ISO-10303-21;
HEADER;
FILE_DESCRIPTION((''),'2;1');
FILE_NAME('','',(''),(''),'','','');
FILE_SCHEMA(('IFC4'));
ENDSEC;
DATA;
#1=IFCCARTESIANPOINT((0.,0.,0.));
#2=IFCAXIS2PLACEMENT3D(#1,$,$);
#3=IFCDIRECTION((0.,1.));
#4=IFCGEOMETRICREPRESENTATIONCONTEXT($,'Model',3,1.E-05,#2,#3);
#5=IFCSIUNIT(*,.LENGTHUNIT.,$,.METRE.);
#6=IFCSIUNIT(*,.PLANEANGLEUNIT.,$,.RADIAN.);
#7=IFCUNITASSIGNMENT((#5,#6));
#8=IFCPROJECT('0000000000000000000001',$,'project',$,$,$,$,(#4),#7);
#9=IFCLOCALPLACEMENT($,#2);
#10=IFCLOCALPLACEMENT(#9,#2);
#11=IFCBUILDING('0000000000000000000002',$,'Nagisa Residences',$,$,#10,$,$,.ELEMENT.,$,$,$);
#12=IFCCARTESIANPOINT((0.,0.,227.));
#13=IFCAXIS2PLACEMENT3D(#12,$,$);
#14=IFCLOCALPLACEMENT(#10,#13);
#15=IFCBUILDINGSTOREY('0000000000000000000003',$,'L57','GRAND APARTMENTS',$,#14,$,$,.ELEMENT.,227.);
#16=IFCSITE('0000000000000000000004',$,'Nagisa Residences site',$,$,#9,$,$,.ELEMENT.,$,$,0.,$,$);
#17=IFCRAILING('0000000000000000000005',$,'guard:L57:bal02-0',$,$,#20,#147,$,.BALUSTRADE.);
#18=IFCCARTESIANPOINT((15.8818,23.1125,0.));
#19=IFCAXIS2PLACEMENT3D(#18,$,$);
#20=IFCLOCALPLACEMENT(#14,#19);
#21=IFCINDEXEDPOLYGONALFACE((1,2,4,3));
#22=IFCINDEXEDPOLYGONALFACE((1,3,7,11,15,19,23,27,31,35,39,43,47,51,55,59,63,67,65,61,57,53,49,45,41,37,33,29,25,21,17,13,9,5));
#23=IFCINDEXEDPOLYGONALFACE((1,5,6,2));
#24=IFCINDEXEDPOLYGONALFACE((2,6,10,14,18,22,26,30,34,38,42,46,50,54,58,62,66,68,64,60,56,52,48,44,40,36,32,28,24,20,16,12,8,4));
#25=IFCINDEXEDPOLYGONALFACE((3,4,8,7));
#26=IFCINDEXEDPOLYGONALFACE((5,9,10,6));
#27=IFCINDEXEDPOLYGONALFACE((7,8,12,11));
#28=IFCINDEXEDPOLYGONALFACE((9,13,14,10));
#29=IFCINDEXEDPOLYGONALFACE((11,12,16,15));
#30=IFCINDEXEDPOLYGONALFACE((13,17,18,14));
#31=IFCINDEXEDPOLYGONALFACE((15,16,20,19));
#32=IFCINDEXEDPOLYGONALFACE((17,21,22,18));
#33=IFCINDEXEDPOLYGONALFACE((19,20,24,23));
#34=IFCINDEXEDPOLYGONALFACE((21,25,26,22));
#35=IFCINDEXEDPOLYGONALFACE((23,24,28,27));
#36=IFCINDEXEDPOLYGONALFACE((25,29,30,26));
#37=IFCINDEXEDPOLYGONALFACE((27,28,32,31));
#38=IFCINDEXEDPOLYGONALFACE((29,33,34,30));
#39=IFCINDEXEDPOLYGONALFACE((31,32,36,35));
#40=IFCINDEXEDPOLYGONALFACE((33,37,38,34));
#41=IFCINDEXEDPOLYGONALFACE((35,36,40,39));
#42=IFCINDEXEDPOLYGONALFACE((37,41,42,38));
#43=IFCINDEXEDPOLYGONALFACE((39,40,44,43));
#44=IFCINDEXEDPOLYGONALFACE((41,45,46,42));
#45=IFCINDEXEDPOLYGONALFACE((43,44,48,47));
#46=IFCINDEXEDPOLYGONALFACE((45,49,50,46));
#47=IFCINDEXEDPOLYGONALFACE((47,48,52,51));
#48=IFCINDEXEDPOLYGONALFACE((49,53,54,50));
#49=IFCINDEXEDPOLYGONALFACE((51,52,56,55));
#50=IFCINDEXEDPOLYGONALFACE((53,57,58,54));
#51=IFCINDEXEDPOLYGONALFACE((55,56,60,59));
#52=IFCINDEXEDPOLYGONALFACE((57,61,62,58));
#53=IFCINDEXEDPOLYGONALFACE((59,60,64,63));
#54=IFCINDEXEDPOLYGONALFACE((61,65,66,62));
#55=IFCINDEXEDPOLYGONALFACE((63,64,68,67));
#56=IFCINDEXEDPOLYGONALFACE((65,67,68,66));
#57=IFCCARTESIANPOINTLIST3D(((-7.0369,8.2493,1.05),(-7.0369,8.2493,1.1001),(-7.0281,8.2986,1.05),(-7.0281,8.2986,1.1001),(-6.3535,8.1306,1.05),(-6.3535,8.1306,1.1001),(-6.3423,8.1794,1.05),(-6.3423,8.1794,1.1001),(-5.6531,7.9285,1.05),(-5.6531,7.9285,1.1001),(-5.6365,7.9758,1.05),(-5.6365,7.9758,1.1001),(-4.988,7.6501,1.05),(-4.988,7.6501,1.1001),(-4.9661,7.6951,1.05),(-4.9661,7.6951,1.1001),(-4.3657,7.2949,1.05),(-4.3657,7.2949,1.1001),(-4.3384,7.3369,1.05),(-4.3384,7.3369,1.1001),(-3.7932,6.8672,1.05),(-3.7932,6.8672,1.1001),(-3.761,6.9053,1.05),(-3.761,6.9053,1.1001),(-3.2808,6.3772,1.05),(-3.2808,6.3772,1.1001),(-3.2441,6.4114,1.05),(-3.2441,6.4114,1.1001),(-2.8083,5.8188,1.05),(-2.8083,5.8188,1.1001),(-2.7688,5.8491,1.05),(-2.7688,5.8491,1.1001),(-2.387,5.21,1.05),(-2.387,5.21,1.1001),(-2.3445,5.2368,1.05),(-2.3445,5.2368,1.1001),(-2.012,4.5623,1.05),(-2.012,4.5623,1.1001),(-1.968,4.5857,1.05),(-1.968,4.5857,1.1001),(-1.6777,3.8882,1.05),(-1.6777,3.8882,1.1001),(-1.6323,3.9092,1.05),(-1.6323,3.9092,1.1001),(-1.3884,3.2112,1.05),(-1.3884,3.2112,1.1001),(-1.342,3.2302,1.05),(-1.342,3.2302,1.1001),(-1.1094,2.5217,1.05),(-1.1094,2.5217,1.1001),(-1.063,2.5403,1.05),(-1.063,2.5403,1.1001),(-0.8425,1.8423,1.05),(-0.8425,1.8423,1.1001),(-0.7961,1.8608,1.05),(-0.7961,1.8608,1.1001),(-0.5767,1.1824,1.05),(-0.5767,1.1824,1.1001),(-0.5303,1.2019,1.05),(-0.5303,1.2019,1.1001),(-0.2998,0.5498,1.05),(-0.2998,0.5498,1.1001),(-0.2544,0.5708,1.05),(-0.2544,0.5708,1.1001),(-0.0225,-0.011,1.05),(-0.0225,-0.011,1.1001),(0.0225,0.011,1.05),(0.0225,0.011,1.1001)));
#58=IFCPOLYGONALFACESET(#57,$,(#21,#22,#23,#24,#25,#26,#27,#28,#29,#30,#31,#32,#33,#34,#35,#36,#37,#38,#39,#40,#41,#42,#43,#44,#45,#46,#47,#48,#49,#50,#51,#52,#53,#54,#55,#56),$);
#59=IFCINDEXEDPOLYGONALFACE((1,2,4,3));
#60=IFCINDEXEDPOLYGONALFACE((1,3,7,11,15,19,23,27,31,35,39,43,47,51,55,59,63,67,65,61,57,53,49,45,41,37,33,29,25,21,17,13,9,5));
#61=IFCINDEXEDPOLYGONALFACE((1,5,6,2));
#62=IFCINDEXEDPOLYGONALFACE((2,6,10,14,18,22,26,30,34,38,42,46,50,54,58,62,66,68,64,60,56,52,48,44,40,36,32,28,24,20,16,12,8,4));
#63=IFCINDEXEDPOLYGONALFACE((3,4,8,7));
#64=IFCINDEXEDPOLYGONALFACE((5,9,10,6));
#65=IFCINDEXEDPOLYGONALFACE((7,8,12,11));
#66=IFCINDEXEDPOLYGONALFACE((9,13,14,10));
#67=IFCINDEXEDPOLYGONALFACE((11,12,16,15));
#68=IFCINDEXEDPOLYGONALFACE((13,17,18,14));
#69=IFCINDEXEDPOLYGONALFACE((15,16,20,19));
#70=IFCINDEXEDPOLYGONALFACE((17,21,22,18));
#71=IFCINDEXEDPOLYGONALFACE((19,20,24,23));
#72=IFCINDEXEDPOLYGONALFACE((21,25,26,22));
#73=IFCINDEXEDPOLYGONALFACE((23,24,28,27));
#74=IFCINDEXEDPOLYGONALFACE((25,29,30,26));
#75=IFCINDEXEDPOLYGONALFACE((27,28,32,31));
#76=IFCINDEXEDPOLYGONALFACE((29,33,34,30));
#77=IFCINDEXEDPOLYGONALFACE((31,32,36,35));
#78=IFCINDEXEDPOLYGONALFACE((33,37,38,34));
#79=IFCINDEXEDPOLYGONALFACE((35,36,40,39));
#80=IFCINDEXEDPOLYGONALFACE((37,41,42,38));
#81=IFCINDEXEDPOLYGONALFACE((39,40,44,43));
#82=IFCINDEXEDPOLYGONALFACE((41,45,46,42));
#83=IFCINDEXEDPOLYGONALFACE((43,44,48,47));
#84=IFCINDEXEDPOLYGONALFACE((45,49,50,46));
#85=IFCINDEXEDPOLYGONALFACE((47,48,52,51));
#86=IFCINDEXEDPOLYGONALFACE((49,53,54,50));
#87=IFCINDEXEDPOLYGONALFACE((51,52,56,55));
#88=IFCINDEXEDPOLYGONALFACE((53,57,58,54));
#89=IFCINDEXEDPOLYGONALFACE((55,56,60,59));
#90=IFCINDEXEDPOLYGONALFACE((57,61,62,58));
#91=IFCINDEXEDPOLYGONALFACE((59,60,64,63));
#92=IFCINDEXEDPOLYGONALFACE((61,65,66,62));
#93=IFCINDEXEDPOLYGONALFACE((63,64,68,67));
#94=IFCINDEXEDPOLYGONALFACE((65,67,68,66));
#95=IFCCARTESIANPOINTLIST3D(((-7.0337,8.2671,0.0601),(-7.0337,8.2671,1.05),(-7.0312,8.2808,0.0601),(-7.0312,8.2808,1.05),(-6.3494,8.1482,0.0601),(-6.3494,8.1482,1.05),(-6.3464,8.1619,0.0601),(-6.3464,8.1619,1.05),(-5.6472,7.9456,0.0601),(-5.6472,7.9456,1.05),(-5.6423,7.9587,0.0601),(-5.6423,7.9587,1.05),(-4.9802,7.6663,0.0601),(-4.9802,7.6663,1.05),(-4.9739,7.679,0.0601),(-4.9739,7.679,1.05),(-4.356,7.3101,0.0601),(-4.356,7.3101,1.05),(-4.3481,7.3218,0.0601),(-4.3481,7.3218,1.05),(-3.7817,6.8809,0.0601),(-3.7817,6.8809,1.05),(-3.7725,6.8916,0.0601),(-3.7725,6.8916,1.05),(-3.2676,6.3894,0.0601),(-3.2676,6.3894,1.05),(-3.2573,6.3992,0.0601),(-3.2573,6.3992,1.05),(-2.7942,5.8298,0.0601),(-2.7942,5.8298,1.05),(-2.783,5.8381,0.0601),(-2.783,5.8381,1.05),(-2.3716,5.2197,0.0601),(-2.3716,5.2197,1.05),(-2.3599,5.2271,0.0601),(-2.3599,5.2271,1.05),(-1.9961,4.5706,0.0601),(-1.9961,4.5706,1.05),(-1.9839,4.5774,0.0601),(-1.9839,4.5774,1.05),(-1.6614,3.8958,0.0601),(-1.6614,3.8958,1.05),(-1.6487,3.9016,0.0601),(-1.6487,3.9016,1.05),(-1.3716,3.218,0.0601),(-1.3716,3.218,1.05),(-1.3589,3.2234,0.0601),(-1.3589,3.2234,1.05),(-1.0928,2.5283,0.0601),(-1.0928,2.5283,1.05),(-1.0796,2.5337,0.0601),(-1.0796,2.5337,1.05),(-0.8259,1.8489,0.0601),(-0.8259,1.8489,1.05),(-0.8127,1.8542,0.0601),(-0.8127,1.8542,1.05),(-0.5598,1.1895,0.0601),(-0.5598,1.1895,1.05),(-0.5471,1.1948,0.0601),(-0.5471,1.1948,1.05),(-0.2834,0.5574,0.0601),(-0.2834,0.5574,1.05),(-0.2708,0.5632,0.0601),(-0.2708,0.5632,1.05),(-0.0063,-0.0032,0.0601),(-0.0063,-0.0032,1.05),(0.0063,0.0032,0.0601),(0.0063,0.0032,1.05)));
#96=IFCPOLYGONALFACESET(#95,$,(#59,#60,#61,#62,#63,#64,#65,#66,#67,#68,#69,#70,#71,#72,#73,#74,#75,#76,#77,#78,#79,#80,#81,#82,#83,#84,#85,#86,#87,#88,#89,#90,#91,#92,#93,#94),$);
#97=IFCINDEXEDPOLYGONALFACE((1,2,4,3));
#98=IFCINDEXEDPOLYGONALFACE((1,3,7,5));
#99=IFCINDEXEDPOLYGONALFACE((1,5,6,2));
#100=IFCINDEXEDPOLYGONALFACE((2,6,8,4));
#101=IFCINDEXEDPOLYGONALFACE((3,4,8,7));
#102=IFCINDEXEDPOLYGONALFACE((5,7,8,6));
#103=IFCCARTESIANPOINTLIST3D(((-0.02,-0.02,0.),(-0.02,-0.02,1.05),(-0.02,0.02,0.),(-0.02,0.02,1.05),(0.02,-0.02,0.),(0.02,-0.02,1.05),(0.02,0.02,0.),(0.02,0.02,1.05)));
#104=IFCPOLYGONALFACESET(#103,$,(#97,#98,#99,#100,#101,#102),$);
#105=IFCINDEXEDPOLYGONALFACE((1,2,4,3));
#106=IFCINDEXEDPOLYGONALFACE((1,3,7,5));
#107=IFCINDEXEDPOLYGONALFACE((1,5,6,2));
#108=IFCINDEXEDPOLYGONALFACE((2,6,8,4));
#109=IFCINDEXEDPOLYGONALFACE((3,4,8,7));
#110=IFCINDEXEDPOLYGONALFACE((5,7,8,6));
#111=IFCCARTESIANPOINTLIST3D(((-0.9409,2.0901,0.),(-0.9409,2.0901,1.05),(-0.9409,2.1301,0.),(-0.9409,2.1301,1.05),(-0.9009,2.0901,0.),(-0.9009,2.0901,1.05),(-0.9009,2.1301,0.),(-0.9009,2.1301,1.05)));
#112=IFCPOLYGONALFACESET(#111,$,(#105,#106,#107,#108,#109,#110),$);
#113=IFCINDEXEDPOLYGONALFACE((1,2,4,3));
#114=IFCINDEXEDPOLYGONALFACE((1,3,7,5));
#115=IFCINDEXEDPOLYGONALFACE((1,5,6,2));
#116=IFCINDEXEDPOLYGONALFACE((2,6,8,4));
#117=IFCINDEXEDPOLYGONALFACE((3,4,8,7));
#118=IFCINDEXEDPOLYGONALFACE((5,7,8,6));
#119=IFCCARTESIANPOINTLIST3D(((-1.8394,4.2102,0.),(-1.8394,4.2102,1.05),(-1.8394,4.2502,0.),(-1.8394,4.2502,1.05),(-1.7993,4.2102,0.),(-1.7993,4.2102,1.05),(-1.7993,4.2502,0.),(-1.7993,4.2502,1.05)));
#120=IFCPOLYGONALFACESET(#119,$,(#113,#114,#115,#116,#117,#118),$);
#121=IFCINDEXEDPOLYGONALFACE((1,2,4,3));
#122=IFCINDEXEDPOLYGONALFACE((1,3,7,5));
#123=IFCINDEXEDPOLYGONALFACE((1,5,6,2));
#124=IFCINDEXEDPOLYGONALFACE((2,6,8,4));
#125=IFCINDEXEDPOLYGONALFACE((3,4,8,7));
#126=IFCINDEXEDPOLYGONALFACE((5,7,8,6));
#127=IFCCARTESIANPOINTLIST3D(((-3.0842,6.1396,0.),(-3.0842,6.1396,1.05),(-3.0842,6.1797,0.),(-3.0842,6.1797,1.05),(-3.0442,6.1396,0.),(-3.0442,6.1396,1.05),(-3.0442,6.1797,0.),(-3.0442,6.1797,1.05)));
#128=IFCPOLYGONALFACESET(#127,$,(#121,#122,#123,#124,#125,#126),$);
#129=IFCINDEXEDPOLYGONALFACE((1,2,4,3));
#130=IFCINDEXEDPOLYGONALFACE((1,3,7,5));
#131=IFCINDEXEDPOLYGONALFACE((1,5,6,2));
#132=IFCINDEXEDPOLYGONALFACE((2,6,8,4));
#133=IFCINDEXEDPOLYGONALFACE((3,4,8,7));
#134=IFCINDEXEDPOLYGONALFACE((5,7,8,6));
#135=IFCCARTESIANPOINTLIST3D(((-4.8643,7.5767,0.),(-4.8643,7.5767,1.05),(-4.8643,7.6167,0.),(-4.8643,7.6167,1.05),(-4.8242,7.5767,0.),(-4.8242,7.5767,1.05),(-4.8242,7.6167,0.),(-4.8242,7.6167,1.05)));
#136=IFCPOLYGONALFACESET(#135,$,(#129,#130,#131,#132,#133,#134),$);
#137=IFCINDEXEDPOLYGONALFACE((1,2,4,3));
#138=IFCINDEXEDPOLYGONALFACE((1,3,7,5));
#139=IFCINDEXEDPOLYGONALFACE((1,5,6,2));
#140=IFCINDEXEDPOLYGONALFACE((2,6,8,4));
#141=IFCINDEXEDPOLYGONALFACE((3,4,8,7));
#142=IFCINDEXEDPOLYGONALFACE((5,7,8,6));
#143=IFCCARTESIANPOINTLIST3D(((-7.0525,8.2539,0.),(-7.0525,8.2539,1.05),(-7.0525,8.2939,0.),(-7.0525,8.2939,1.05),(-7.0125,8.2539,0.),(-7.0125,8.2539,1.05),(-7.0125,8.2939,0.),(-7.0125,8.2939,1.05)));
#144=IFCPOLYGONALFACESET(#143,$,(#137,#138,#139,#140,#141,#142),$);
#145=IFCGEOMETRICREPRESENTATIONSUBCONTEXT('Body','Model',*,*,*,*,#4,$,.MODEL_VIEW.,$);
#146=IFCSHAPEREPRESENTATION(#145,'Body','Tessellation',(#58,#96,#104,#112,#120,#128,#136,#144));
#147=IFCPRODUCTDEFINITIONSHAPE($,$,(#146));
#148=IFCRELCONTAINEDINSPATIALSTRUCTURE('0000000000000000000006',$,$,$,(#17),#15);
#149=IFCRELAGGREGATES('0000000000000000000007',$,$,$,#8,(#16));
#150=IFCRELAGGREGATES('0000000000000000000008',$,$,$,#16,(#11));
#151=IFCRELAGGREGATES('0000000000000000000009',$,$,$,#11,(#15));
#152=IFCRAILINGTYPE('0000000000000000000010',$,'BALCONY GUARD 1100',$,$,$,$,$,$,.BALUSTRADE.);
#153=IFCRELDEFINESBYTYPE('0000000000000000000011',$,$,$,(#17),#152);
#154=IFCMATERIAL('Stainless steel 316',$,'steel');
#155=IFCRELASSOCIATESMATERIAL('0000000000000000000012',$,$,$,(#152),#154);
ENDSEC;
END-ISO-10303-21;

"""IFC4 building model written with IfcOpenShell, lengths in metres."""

from ifc_helpers import new_model, si_unit, direction, frame, origin, origin_2d, place, context, subcontext, project, spatial, polyline, rectangle, outline, extrude, material, type_object, element, save


model = new_model("IFC4")

# Units and contexts
model_context = context("Model", 3, precision=1e-05, world=origin(), true_north=direction((0.0, 1.0)))
body_context = subcontext(model_context, "Body", "Model", "MODEL_VIEW")
ifc_project = project(units=[si_unit("LENGTHUNIT", "METRE"), si_unit("PLANEANGLEUNIT", "RADIAN")], contexts=[model_context])

# Site, building, storey
site_placement = place(None, origin())
site = spatial("IfcSite", under=ifc_project, at=site_placement, Name="Nagisa Residences site", CompositionType="ELEMENT", RefElevation=0.0)
building_placement = place(site_placement, origin())
building = spatial("IfcBuilding", under=site, at=building_placement, Name="Nagisa Residences", CompositionType="ELEMENT")
storey_placement = place(building_placement, frame((0.0, 0.0, 227.0)))
storey = spatial("IfcBuildingStorey", under=building, at=storey_placement, Name="L57", Description="GRAND APARTMENTS", CompositionType="ELEMENT", Elevation=227.0)

# Railing
ifc_material_1 = material(Name="Stainless steel 316", Category="steel")
railing_type = type_object("IfcRailingType", Name="BALCONY GUARD 1100", PredefinedType="BALUSTRADE", material=ifc_material_1)
railing_1_placement = place(storey_placement, frame((15.8818, 23.1125, 0.0)))
element("IfcRailing", 1, at=railing_1_placement, inside=storey, type_object=railing_type, Name="guard:L57:bal02-0", PredefinedType="BALUSTRADE", context=body_context, shape_type="SweptSolid", body=[
    extrude(outline(polyline([(-0.2998, 0.5498), (-0.0225, -0.011), (0.0225, 0.011), (-0.2544, 0.5708), (-0.5303, 1.2019), (-0.7961, 1.8608), (-1.063, 2.5403), (-1.342, 3.2302), (-1.6323, 3.9092), (-1.968, 4.5857), (-2.3445, 5.2368), (-2.7688, 5.8491), (-3.2441, 6.4114), (-3.761, 6.9053), (-4.3384, 7.3369), (-4.9661, 7.6951), (-5.6365, 7.9758), (-6.3423, 8.1794), (-7.0281, 8.2986), (-7.0369, 8.2493), (-6.3535, 8.1306), (-5.6531, 7.9285), (-4.988, 7.6501), (-4.3657, 7.2949), (-3.7932, 6.8672), (-3.2808, 6.3772), (-2.8083, 5.8188), (-2.387, 5.21), (-2.012, 4.5623), (-1.6777, 3.8882), (-1.3884, 3.2112), (-1.1094, 2.5217), (-0.8425, 1.8423), (-0.5767, 1.1824), (-0.2998, 0.5498)])), frame((0.0, 0.0, 1.05)), (0.0, 0.0, 1.0), 0.05),
    extrude(outline(polyline([(-0.2834, 0.5574), (-0.0063, -0.0032), (0.0063, 0.0032), (-0.2708, 0.5632), (-0.5471, 1.1948), (-0.8127, 1.8542), (-1.0796, 2.5337), (-1.3589, 3.2234), (-1.6487, 3.9016), (-1.9839, 4.5774), (-2.3599, 5.2271), (-2.783, 5.8381), (-3.2573, 6.3992), (-3.7725, 6.8916), (-4.3481, 7.3218), (-4.9739, 7.679), (-5.6423, 7.9587), (-6.3464, 8.1619), (-7.0312, 8.2808), (-7.0337, 8.2671), (-6.3494, 8.1482), (-5.6472, 7.9456), (-4.9802, 7.6663), (-4.356, 7.3101), (-3.7817, 6.8809), (-3.2676, 6.3894), (-2.7942, 5.8298), (-2.3716, 5.2197), (-1.9961, 4.5706), (-1.6614, 3.8958), (-1.3716, 3.218), (-1.0928, 2.5283), (-0.8259, 1.8489), (-0.5598, 1.1895), (-0.2834, 0.5574)])), frame((0.0, 0.0, 0.0601)), (0.0, 0.0, 1.0), 0.99),
    extrude(rectangle(XDim=0.04, YDim=0.04, at=origin_2d()), origin(), (0.0, 0.0, 1.0), 1.05),
    extrude(rectangle(XDim=0.04, YDim=0.04, at=origin_2d()), frame((-0.9209, 2.1101, 0.0)), (0.0, 0.0, 1.0), 1.05),
    extrude(rectangle(XDim=0.04, YDim=0.04, at=origin_2d()), frame((-1.8193, 4.2302, 0.0)), (0.0, 0.0, 1.0), 1.05),
    extrude(rectangle(XDim=0.04, YDim=0.04, at=origin_2d()), frame((-3.0642, 6.1597, 0.0)), (0.0, 0.0, 1.0), 1.05),
    extrude(rectangle(XDim=0.04, YDim=0.04, at=origin_2d()), frame((-4.8442, 7.5967, 0.0)), (0.0, 0.0, 1.0), 1.05),
    extrude(rectangle(XDim=0.04, YDim=0.04, at=origin_2d()), frame((-7.0325, 8.2739, 0.0)), (0.0, 0.0, 1.0), 1.05),
])

save(model, "model.ifc")
